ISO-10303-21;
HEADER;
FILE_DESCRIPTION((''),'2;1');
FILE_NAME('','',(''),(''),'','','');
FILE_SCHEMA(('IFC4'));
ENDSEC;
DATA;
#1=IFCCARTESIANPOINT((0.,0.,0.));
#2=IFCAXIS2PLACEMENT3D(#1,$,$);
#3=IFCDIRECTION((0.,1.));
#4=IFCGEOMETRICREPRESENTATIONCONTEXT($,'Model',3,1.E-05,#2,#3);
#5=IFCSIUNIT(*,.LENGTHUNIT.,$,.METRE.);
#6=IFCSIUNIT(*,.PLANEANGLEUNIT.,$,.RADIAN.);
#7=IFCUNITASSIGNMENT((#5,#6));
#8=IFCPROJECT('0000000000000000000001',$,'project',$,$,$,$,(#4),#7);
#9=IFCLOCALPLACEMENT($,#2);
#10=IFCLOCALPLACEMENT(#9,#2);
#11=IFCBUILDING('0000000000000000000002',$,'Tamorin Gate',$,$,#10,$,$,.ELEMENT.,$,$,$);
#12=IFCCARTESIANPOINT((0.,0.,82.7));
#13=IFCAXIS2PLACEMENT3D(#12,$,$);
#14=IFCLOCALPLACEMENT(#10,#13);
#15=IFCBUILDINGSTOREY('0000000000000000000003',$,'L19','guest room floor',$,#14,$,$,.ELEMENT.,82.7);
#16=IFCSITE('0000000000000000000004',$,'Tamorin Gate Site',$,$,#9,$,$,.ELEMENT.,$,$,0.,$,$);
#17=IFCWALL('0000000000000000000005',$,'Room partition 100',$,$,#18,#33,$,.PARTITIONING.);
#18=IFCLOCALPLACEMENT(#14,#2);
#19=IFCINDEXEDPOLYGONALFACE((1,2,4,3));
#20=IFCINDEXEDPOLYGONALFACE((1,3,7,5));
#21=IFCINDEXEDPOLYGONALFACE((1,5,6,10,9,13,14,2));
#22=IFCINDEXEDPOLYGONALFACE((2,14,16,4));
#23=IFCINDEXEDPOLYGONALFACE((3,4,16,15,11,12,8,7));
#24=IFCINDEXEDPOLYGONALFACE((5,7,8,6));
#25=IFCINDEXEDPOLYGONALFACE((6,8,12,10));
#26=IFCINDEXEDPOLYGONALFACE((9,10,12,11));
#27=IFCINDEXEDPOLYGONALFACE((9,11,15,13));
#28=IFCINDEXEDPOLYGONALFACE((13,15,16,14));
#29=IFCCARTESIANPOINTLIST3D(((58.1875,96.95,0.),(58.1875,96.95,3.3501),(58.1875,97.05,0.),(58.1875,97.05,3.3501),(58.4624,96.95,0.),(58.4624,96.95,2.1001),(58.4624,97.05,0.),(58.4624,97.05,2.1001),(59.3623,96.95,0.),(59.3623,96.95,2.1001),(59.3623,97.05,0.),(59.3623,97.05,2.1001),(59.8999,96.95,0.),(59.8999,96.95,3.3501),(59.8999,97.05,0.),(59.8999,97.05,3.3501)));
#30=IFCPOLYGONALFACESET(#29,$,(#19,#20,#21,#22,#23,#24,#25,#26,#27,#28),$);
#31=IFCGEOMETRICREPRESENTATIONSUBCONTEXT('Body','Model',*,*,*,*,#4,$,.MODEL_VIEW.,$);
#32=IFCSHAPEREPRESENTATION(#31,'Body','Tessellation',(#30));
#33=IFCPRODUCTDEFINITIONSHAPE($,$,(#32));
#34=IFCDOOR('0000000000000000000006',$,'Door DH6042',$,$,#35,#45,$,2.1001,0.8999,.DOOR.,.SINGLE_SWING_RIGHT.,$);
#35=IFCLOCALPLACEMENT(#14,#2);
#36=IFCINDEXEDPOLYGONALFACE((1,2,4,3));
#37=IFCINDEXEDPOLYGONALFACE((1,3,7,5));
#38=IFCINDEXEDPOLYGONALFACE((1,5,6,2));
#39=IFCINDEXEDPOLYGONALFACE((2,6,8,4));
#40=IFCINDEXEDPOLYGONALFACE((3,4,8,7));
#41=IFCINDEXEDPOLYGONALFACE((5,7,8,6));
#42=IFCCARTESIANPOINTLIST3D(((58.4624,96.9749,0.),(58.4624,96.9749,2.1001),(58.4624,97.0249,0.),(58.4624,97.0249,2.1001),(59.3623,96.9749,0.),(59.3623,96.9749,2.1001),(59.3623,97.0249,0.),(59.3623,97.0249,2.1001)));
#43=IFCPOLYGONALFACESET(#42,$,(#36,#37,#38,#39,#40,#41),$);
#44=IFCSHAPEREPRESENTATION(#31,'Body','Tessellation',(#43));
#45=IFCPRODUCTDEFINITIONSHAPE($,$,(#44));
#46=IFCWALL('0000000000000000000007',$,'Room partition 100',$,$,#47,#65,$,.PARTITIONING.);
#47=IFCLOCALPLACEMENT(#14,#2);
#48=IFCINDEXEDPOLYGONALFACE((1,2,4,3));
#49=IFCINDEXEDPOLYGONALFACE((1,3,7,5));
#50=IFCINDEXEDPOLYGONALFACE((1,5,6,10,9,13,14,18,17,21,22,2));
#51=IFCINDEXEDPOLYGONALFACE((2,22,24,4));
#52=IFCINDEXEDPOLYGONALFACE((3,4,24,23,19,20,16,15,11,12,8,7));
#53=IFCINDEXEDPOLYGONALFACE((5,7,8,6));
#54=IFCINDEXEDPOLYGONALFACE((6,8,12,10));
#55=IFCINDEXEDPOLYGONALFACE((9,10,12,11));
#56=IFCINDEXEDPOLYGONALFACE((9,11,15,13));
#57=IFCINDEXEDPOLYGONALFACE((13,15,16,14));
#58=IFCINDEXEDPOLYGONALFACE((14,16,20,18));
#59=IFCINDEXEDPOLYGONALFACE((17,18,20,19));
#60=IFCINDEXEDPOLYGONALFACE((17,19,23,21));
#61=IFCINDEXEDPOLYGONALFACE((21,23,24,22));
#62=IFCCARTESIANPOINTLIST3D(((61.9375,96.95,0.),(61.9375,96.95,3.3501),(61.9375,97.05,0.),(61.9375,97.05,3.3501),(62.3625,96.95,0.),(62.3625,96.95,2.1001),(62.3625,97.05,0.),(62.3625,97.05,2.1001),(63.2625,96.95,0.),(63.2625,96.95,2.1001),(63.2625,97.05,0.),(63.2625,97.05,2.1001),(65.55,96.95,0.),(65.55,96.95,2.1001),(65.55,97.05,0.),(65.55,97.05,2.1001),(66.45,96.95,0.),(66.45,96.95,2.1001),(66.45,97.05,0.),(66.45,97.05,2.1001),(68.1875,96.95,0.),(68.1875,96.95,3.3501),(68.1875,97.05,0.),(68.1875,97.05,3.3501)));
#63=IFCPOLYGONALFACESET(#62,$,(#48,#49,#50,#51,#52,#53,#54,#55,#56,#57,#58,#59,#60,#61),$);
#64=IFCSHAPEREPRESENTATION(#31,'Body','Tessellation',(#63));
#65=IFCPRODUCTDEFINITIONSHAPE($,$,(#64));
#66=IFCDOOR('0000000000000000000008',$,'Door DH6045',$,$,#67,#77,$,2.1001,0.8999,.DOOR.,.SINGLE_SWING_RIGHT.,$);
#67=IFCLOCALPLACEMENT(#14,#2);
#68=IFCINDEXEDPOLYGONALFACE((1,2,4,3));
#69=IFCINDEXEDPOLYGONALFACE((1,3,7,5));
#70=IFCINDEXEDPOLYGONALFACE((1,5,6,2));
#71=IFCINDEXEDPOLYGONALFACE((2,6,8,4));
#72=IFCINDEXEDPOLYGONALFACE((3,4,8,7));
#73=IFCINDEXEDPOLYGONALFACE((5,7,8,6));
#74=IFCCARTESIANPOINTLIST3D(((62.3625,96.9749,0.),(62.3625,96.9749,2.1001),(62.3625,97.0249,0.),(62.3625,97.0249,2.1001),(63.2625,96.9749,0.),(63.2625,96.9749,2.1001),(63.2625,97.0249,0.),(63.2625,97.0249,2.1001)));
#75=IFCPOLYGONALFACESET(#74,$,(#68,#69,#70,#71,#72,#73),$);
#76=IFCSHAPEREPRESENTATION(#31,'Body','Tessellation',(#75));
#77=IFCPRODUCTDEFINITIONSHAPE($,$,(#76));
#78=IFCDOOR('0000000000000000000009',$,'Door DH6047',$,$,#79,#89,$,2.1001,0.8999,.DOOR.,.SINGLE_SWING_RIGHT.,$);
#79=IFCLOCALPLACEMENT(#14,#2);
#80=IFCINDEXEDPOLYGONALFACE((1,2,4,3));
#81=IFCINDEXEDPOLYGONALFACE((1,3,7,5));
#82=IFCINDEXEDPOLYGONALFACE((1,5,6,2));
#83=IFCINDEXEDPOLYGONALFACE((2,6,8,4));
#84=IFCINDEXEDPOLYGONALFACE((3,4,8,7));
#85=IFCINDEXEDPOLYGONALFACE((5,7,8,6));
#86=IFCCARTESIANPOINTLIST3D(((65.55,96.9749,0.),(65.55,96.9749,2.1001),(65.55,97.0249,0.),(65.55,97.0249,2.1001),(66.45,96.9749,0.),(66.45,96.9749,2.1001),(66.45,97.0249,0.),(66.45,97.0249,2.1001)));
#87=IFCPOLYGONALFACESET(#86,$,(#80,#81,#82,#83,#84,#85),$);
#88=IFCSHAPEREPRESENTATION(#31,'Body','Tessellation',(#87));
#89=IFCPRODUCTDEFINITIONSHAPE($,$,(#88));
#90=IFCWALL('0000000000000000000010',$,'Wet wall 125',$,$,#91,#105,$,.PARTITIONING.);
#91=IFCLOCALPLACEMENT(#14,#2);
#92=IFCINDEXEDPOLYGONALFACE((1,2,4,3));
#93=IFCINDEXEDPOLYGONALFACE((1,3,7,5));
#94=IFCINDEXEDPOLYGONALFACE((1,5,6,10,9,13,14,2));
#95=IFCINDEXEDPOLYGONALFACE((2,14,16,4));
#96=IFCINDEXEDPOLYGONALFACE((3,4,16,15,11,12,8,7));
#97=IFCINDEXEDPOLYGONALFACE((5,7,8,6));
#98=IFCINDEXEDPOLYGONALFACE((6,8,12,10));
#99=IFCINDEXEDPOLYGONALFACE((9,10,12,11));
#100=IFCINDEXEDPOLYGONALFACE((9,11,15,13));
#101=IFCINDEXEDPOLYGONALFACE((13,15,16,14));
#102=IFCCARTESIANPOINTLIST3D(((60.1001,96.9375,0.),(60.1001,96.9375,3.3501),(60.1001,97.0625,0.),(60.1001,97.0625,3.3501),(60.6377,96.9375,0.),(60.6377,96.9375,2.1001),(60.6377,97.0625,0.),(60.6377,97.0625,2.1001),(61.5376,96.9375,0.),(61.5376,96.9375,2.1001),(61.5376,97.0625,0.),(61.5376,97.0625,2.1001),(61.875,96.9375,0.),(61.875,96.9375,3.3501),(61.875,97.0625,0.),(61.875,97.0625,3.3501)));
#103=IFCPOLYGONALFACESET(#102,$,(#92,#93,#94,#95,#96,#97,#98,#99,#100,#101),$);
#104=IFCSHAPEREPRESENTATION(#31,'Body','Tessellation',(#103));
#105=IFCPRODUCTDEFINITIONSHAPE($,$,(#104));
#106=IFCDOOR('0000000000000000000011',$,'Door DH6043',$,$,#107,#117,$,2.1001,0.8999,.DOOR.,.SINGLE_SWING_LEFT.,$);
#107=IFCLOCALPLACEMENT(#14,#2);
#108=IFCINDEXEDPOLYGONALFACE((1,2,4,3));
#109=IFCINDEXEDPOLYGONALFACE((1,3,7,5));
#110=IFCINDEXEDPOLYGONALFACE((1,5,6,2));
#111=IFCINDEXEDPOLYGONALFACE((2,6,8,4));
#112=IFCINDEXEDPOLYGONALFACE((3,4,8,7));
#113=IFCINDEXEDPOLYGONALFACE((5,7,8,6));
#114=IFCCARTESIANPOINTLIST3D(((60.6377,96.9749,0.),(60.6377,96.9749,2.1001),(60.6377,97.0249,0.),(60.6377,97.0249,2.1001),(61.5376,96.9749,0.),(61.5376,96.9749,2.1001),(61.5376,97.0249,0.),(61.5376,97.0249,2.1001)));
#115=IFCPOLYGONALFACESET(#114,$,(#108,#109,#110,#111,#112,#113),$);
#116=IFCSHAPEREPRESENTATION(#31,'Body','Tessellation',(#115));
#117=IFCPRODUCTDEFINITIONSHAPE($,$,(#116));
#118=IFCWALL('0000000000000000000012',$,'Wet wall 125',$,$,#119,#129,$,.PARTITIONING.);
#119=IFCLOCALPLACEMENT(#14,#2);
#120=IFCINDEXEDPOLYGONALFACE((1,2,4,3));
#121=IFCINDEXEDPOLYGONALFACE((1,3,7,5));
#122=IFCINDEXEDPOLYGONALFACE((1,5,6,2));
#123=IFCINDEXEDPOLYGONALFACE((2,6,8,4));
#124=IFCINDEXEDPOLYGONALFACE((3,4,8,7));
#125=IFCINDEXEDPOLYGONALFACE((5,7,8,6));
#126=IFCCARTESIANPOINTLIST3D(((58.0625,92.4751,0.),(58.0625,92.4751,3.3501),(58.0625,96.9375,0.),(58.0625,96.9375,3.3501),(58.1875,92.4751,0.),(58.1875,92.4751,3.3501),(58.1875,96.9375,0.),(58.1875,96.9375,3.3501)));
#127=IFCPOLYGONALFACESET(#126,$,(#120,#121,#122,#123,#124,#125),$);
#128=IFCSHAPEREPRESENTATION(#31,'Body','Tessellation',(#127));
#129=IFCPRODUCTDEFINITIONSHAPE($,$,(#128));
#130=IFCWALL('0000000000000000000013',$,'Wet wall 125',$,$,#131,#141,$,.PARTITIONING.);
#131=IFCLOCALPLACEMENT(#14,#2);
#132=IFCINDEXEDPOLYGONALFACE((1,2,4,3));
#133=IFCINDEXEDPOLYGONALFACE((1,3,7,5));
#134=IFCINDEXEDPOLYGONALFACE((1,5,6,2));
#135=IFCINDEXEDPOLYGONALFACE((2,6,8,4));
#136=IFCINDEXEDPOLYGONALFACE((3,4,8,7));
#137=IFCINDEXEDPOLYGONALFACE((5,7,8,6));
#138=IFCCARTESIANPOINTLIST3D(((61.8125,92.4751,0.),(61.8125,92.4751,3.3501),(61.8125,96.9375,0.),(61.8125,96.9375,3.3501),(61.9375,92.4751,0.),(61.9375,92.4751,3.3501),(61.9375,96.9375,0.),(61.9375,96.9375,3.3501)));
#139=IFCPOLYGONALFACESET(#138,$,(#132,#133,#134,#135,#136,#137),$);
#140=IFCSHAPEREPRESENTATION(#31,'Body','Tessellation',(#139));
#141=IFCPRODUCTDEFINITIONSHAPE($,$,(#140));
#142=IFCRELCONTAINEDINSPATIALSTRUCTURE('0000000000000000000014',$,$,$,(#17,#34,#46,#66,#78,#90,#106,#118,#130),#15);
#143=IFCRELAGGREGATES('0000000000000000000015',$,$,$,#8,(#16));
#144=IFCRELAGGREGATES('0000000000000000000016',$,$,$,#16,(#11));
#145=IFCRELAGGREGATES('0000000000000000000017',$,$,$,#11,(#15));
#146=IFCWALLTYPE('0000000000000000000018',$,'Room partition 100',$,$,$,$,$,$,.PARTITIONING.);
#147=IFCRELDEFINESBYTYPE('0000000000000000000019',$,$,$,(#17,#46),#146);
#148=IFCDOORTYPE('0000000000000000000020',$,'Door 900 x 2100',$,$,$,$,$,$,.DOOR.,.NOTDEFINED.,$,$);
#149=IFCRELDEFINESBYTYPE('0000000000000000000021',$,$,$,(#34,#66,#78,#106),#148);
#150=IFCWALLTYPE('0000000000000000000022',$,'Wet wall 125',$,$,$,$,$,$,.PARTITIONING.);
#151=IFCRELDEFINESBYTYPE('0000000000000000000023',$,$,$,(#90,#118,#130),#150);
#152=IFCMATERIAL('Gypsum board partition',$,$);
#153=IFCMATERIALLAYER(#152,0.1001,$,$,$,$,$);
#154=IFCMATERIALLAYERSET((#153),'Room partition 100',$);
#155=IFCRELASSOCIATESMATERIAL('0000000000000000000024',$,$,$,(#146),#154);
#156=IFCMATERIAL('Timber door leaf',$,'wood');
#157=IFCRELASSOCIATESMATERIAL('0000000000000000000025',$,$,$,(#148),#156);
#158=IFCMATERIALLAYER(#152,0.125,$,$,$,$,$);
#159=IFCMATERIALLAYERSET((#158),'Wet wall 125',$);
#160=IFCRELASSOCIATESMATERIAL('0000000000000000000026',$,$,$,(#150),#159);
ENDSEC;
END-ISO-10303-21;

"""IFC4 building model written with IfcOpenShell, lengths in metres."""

from ifc_helpers import new_model, si_unit, direction, frame, frame_2d, origin, place, context, subcontext, project, spatial, rectangle, extrude, material, layer, layer_set, type_object, element, fill, save


model = new_model("IFC4")

# Units and contexts
model_context = context("Model", 3, precision=1e-05, world=origin(), true_north=direction((0.0, 1.0)))
body_context = subcontext(model_context, "Body", "Model", "MODEL_VIEW")
ifc_project = project(units=[si_unit("LENGTHUNIT", "METRE"), si_unit("PLANEANGLEUNIT", "RADIAN")], contexts=[model_context])

# Site, building, storey
site_placement = place(None, origin())
site = spatial("IfcSite", under=ifc_project, at=site_placement, Name="Tamorin Gate Site", CompositionType="ELEMENT", RefElevation=0.0)
building_placement = place(site_placement, origin())
building = spatial("IfcBuilding", under=site, at=building_placement, Name="Tamorin Gate", CompositionType="ELEMENT")
storey_placement = place(building_placement, frame((0.0, 0.0, 82.7)))
storey = spatial("IfcBuildingStorey", under=building, at=storey_placement, Name="L19", Description="guest room floor", CompositionType="ELEMENT", Elevation=82.7)

# Shared definitions
ifc_material_1 = material(Name="Gypsum board partition")

# Wall, opening, door
ifc_layer_1 = layer(ifc_material_1, 0.1001)
ifc_layer_set_1 = layer_set([ifc_layer_1], Name="Room partition 100")
wall_type_1 = type_object("IfcWallType", Name="Room partition 100", PredefinedType="PARTITIONING", material=ifc_layer_set_1)
wall_1_placement = place(storey_placement, frame((58.1875, 97.0, 0.0), z_axis=(0.0, 0.0, 1.0), x_axis=(1.0, 0.0, 0.0)))
wall_1 = element("IfcWall", 1, at=wall_1_placement, inside=storey, type_object=wall_type_1, Name="Room partition 100", PredefinedType="PARTITIONING", context=body_context, shape_type="SweptSolid", body=[
    extrude(rectangle(XDim=1.7124, YDim=0.1001, at=frame_2d((0.8562, 0.0))), origin(), (0.0, 0.0, 1.0), 3.3501),
])
opening_1_placement = place(wall_1_placement, frame((0.2749, 0.0, 0.0)))
opening_1 = element("IfcOpeningElement", 2, at=opening_1_placement, cuts=wall_1, PredefinedType="OPENING", context=body_context, shape_type="SweptSolid", body=[
    extrude(rectangle(XDim=0.8999, YDim=2.1001, at=frame_2d((0.45, 1.05))), frame((0.0, 0.0601, 0.0), z_axis=(0.0, -1.0, 0.0), x_axis=(1.0, 0.0, 0.0)), (0.0, 0.0, 1.0), 0.1201),
])
ifc_material_2 = material(Name="Timber door leaf", Category="wood")
door_type = type_object("IfcDoorType", Name="Door 900 x 2100", OperationType="NOTDEFINED", PredefinedType="DOOR", material=ifc_material_2)
door_1_placement = place(opening_1_placement, origin())
door_1 = element("IfcDoor", 3, at=door_1_placement, inside=storey, type_object=door_type, Name="Door DH6042", OperationType="SINGLE_SWING_RIGHT", OverallHeight=2.1001, OverallWidth=0.8999, PredefinedType="DOOR", context=body_context, shape_type="SweptSolid", body=[
    extrude(rectangle(XDim=0.8999, YDim=2.1001, at=frame_2d((0.45, 1.05))), frame((0.0, 0.0249, 0.0), z_axis=(0.0, -1.0, 0.0), x_axis=(1.0, 0.0, 0.0)), (0.0, 0.0, 1.0), 0.05),
])
fill(opening_1, door_1)

# Wall, openings, doors
wall_2_placement = place(storey_placement, frame((61.9375, 97.0, 0.0), z_axis=(0.0, 0.0, 1.0), x_axis=(1.0, 0.0, 0.0)))
wall_2 = element("IfcWall", 4, at=wall_2_placement, inside=storey, type_object=wall_type_1, Name="Room partition 100", PredefinedType="PARTITIONING", context=body_context, shape_type="SweptSolid", body=[
    extrude(rectangle(XDim=6.25, YDim=0.1001, at=frame_2d((3.125, 0.0))), origin(), (0.0, 0.0, 1.0), 3.3501),
])
opening_2_placement = place(wall_2_placement, frame((0.425, 0.0, 0.0)))
opening_2 = element("IfcOpeningElement", 5, at=opening_2_placement, cuts=wall_2, PredefinedType="OPENING", context=body_context, shape_type="SweptSolid", body=[
    extrude(rectangle(XDim=0.8999, YDim=2.1001, at=frame_2d((0.45, 1.05))), frame((0.0, 0.0601, 0.0), z_axis=(0.0, -1.0, 0.0), x_axis=(1.0, 0.0, 0.0)), (0.0, 0.0, 1.0), 0.1201),
])
opening_3_placement = place(wall_2_placement, frame((3.6125, 0.0, 0.0)))
opening_3 = element("IfcOpeningElement", 6, at=opening_3_placement, cuts=wall_2, PredefinedType="OPENING", context=body_context, shape_type="SweptSolid", body=[
    extrude(rectangle(XDim=0.8999, YDim=2.1001, at=frame_2d((0.45, 1.05))), frame((0.0, 0.0601, 0.0), z_axis=(0.0, -1.0, 0.0), x_axis=(1.0, 0.0, 0.0)), (0.0, 0.0, 1.0), 0.1201),
])
door_2_placement = place(opening_2_placement, origin())
door_2 = element("IfcDoor", 7, at=door_2_placement, inside=storey, type_object=door_type, Name="Door DH6045", OperationType="SINGLE_SWING_RIGHT", OverallHeight=2.1001, OverallWidth=0.8999, PredefinedType="DOOR", context=body_context, shape_type="SweptSolid", body=[
    extrude(rectangle(XDim=0.8999, YDim=2.1001, at=frame_2d((0.45, 1.05))), frame((0.0, 0.0249, 0.0), z_axis=(0.0, -1.0, 0.0), x_axis=(1.0, 0.0, 0.0)), (0.0, 0.0, 1.0), 0.05),
])
fill(opening_2, door_2)
door_3_placement = place(opening_3_placement, origin())
door_3 = element("IfcDoor", 8, at=door_3_placement, inside=storey, type_object=door_type, Name="Door DH6047", OperationType="SINGLE_SWING_RIGHT", OverallHeight=2.1001, OverallWidth=0.8999, PredefinedType="DOOR", context=body_context, shape_type="SweptSolid", body=[
    extrude(rectangle(XDim=0.8999, YDim=2.1001, at=frame_2d((0.45, 1.05))), frame((0.0, 0.0249, 0.0), z_axis=(0.0, -1.0, 0.0), x_axis=(1.0, 0.0, 0.0)), (0.0, 0.0, 1.0), 0.05),
])
fill(opening_3, door_3)

# Wall, opening, door
ifc_layer_2 = layer(ifc_material_1, 0.125)
ifc_layer_set_2 = layer_set([ifc_layer_2], Name="Wet wall 125")
wall_type_2 = type_object("IfcWallType", Name="Wet wall 125", PredefinedType="PARTITIONING", material=ifc_layer_set_2)
wall_3_placement = place(storey_placement, frame((60.1001, 97.0, 0.0), z_axis=(0.0, 0.0, 1.0), x_axis=(1.0, 0.0, 0.0)))
wall_3 = element("IfcWall", 9, at=wall_3_placement, inside=storey, type_object=wall_type_2, Name="Wet wall 125", PredefinedType="PARTITIONING", context=body_context, shape_type="SweptSolid", body=[
    extrude(rectangle(XDim=1.7749, YDim=0.125, at=frame_2d((0.8875, 0.0))), origin(), (0.0, 0.0, 1.0), 3.3501),
])
opening_4_placement = place(wall_3_placement, frame((0.5376, 0.0, 0.0)))
opening_4 = element("IfcOpeningElement", 10, at=opening_4_placement, cuts=wall_3, PredefinedType="OPENING", context=body_context, shape_type="SweptSolid", body=[
    extrude(rectangle(XDim=0.8999, YDim=2.1001, at=frame_2d((0.45, 1.05))), frame((0.0, 0.0725, 0.0), z_axis=(0.0, -1.0, 0.0), x_axis=(1.0, 0.0, 0.0)), (0.0, 0.0, 1.0), 0.145),
])
door_4_placement = place(opening_4_placement, origin())
door_4 = element("IfcDoor", 11, at=door_4_placement, inside=storey, type_object=door_type, Name="Door DH6043", OperationType="SINGLE_SWING_LEFT", OverallHeight=2.1001, OverallWidth=0.8999, PredefinedType="DOOR", context=body_context, shape_type="SweptSolid", body=[
    extrude(rectangle(XDim=0.8999, YDim=2.1001, at=frame_2d((0.45, 1.05))), frame((0.0, 0.0249, 0.0), z_axis=(0.0, -1.0, 0.0), x_axis=(1.0, 0.0, 0.0)), (0.0, 0.0, 1.0), 0.05),
])
fill(opening_4, door_4)

# Walls
for number, where, z_axis, x_axis, name in (
    (12, (58.125, 92.4751, 0.0), (0.0, 0.0, 1.0), (0.0, 1.0, 0.0), "Wet wall 125"),
    (13, (61.875, 92.4751, 0.0), (0.0, 0.0, 1.0), (0.0, 1.0, 0.0), "Wet wall 125"),
):
    element("IfcWall", number, at=place(storey_placement, frame(where, z_axis=z_axis, x_axis=x_axis)), inside=storey, type_object=wall_type_2, Name=name, PredefinedType="PARTITIONING", context=body_context, shape_type="SweptSolid", body=[
        extrude(rectangle(XDim=4.4624, YDim=0.125, at=frame_2d((2.2312, 0.0))), origin(), (0.0, 0.0, 1.0), 3.3501),
    ])

save(model, "model.ifc")
